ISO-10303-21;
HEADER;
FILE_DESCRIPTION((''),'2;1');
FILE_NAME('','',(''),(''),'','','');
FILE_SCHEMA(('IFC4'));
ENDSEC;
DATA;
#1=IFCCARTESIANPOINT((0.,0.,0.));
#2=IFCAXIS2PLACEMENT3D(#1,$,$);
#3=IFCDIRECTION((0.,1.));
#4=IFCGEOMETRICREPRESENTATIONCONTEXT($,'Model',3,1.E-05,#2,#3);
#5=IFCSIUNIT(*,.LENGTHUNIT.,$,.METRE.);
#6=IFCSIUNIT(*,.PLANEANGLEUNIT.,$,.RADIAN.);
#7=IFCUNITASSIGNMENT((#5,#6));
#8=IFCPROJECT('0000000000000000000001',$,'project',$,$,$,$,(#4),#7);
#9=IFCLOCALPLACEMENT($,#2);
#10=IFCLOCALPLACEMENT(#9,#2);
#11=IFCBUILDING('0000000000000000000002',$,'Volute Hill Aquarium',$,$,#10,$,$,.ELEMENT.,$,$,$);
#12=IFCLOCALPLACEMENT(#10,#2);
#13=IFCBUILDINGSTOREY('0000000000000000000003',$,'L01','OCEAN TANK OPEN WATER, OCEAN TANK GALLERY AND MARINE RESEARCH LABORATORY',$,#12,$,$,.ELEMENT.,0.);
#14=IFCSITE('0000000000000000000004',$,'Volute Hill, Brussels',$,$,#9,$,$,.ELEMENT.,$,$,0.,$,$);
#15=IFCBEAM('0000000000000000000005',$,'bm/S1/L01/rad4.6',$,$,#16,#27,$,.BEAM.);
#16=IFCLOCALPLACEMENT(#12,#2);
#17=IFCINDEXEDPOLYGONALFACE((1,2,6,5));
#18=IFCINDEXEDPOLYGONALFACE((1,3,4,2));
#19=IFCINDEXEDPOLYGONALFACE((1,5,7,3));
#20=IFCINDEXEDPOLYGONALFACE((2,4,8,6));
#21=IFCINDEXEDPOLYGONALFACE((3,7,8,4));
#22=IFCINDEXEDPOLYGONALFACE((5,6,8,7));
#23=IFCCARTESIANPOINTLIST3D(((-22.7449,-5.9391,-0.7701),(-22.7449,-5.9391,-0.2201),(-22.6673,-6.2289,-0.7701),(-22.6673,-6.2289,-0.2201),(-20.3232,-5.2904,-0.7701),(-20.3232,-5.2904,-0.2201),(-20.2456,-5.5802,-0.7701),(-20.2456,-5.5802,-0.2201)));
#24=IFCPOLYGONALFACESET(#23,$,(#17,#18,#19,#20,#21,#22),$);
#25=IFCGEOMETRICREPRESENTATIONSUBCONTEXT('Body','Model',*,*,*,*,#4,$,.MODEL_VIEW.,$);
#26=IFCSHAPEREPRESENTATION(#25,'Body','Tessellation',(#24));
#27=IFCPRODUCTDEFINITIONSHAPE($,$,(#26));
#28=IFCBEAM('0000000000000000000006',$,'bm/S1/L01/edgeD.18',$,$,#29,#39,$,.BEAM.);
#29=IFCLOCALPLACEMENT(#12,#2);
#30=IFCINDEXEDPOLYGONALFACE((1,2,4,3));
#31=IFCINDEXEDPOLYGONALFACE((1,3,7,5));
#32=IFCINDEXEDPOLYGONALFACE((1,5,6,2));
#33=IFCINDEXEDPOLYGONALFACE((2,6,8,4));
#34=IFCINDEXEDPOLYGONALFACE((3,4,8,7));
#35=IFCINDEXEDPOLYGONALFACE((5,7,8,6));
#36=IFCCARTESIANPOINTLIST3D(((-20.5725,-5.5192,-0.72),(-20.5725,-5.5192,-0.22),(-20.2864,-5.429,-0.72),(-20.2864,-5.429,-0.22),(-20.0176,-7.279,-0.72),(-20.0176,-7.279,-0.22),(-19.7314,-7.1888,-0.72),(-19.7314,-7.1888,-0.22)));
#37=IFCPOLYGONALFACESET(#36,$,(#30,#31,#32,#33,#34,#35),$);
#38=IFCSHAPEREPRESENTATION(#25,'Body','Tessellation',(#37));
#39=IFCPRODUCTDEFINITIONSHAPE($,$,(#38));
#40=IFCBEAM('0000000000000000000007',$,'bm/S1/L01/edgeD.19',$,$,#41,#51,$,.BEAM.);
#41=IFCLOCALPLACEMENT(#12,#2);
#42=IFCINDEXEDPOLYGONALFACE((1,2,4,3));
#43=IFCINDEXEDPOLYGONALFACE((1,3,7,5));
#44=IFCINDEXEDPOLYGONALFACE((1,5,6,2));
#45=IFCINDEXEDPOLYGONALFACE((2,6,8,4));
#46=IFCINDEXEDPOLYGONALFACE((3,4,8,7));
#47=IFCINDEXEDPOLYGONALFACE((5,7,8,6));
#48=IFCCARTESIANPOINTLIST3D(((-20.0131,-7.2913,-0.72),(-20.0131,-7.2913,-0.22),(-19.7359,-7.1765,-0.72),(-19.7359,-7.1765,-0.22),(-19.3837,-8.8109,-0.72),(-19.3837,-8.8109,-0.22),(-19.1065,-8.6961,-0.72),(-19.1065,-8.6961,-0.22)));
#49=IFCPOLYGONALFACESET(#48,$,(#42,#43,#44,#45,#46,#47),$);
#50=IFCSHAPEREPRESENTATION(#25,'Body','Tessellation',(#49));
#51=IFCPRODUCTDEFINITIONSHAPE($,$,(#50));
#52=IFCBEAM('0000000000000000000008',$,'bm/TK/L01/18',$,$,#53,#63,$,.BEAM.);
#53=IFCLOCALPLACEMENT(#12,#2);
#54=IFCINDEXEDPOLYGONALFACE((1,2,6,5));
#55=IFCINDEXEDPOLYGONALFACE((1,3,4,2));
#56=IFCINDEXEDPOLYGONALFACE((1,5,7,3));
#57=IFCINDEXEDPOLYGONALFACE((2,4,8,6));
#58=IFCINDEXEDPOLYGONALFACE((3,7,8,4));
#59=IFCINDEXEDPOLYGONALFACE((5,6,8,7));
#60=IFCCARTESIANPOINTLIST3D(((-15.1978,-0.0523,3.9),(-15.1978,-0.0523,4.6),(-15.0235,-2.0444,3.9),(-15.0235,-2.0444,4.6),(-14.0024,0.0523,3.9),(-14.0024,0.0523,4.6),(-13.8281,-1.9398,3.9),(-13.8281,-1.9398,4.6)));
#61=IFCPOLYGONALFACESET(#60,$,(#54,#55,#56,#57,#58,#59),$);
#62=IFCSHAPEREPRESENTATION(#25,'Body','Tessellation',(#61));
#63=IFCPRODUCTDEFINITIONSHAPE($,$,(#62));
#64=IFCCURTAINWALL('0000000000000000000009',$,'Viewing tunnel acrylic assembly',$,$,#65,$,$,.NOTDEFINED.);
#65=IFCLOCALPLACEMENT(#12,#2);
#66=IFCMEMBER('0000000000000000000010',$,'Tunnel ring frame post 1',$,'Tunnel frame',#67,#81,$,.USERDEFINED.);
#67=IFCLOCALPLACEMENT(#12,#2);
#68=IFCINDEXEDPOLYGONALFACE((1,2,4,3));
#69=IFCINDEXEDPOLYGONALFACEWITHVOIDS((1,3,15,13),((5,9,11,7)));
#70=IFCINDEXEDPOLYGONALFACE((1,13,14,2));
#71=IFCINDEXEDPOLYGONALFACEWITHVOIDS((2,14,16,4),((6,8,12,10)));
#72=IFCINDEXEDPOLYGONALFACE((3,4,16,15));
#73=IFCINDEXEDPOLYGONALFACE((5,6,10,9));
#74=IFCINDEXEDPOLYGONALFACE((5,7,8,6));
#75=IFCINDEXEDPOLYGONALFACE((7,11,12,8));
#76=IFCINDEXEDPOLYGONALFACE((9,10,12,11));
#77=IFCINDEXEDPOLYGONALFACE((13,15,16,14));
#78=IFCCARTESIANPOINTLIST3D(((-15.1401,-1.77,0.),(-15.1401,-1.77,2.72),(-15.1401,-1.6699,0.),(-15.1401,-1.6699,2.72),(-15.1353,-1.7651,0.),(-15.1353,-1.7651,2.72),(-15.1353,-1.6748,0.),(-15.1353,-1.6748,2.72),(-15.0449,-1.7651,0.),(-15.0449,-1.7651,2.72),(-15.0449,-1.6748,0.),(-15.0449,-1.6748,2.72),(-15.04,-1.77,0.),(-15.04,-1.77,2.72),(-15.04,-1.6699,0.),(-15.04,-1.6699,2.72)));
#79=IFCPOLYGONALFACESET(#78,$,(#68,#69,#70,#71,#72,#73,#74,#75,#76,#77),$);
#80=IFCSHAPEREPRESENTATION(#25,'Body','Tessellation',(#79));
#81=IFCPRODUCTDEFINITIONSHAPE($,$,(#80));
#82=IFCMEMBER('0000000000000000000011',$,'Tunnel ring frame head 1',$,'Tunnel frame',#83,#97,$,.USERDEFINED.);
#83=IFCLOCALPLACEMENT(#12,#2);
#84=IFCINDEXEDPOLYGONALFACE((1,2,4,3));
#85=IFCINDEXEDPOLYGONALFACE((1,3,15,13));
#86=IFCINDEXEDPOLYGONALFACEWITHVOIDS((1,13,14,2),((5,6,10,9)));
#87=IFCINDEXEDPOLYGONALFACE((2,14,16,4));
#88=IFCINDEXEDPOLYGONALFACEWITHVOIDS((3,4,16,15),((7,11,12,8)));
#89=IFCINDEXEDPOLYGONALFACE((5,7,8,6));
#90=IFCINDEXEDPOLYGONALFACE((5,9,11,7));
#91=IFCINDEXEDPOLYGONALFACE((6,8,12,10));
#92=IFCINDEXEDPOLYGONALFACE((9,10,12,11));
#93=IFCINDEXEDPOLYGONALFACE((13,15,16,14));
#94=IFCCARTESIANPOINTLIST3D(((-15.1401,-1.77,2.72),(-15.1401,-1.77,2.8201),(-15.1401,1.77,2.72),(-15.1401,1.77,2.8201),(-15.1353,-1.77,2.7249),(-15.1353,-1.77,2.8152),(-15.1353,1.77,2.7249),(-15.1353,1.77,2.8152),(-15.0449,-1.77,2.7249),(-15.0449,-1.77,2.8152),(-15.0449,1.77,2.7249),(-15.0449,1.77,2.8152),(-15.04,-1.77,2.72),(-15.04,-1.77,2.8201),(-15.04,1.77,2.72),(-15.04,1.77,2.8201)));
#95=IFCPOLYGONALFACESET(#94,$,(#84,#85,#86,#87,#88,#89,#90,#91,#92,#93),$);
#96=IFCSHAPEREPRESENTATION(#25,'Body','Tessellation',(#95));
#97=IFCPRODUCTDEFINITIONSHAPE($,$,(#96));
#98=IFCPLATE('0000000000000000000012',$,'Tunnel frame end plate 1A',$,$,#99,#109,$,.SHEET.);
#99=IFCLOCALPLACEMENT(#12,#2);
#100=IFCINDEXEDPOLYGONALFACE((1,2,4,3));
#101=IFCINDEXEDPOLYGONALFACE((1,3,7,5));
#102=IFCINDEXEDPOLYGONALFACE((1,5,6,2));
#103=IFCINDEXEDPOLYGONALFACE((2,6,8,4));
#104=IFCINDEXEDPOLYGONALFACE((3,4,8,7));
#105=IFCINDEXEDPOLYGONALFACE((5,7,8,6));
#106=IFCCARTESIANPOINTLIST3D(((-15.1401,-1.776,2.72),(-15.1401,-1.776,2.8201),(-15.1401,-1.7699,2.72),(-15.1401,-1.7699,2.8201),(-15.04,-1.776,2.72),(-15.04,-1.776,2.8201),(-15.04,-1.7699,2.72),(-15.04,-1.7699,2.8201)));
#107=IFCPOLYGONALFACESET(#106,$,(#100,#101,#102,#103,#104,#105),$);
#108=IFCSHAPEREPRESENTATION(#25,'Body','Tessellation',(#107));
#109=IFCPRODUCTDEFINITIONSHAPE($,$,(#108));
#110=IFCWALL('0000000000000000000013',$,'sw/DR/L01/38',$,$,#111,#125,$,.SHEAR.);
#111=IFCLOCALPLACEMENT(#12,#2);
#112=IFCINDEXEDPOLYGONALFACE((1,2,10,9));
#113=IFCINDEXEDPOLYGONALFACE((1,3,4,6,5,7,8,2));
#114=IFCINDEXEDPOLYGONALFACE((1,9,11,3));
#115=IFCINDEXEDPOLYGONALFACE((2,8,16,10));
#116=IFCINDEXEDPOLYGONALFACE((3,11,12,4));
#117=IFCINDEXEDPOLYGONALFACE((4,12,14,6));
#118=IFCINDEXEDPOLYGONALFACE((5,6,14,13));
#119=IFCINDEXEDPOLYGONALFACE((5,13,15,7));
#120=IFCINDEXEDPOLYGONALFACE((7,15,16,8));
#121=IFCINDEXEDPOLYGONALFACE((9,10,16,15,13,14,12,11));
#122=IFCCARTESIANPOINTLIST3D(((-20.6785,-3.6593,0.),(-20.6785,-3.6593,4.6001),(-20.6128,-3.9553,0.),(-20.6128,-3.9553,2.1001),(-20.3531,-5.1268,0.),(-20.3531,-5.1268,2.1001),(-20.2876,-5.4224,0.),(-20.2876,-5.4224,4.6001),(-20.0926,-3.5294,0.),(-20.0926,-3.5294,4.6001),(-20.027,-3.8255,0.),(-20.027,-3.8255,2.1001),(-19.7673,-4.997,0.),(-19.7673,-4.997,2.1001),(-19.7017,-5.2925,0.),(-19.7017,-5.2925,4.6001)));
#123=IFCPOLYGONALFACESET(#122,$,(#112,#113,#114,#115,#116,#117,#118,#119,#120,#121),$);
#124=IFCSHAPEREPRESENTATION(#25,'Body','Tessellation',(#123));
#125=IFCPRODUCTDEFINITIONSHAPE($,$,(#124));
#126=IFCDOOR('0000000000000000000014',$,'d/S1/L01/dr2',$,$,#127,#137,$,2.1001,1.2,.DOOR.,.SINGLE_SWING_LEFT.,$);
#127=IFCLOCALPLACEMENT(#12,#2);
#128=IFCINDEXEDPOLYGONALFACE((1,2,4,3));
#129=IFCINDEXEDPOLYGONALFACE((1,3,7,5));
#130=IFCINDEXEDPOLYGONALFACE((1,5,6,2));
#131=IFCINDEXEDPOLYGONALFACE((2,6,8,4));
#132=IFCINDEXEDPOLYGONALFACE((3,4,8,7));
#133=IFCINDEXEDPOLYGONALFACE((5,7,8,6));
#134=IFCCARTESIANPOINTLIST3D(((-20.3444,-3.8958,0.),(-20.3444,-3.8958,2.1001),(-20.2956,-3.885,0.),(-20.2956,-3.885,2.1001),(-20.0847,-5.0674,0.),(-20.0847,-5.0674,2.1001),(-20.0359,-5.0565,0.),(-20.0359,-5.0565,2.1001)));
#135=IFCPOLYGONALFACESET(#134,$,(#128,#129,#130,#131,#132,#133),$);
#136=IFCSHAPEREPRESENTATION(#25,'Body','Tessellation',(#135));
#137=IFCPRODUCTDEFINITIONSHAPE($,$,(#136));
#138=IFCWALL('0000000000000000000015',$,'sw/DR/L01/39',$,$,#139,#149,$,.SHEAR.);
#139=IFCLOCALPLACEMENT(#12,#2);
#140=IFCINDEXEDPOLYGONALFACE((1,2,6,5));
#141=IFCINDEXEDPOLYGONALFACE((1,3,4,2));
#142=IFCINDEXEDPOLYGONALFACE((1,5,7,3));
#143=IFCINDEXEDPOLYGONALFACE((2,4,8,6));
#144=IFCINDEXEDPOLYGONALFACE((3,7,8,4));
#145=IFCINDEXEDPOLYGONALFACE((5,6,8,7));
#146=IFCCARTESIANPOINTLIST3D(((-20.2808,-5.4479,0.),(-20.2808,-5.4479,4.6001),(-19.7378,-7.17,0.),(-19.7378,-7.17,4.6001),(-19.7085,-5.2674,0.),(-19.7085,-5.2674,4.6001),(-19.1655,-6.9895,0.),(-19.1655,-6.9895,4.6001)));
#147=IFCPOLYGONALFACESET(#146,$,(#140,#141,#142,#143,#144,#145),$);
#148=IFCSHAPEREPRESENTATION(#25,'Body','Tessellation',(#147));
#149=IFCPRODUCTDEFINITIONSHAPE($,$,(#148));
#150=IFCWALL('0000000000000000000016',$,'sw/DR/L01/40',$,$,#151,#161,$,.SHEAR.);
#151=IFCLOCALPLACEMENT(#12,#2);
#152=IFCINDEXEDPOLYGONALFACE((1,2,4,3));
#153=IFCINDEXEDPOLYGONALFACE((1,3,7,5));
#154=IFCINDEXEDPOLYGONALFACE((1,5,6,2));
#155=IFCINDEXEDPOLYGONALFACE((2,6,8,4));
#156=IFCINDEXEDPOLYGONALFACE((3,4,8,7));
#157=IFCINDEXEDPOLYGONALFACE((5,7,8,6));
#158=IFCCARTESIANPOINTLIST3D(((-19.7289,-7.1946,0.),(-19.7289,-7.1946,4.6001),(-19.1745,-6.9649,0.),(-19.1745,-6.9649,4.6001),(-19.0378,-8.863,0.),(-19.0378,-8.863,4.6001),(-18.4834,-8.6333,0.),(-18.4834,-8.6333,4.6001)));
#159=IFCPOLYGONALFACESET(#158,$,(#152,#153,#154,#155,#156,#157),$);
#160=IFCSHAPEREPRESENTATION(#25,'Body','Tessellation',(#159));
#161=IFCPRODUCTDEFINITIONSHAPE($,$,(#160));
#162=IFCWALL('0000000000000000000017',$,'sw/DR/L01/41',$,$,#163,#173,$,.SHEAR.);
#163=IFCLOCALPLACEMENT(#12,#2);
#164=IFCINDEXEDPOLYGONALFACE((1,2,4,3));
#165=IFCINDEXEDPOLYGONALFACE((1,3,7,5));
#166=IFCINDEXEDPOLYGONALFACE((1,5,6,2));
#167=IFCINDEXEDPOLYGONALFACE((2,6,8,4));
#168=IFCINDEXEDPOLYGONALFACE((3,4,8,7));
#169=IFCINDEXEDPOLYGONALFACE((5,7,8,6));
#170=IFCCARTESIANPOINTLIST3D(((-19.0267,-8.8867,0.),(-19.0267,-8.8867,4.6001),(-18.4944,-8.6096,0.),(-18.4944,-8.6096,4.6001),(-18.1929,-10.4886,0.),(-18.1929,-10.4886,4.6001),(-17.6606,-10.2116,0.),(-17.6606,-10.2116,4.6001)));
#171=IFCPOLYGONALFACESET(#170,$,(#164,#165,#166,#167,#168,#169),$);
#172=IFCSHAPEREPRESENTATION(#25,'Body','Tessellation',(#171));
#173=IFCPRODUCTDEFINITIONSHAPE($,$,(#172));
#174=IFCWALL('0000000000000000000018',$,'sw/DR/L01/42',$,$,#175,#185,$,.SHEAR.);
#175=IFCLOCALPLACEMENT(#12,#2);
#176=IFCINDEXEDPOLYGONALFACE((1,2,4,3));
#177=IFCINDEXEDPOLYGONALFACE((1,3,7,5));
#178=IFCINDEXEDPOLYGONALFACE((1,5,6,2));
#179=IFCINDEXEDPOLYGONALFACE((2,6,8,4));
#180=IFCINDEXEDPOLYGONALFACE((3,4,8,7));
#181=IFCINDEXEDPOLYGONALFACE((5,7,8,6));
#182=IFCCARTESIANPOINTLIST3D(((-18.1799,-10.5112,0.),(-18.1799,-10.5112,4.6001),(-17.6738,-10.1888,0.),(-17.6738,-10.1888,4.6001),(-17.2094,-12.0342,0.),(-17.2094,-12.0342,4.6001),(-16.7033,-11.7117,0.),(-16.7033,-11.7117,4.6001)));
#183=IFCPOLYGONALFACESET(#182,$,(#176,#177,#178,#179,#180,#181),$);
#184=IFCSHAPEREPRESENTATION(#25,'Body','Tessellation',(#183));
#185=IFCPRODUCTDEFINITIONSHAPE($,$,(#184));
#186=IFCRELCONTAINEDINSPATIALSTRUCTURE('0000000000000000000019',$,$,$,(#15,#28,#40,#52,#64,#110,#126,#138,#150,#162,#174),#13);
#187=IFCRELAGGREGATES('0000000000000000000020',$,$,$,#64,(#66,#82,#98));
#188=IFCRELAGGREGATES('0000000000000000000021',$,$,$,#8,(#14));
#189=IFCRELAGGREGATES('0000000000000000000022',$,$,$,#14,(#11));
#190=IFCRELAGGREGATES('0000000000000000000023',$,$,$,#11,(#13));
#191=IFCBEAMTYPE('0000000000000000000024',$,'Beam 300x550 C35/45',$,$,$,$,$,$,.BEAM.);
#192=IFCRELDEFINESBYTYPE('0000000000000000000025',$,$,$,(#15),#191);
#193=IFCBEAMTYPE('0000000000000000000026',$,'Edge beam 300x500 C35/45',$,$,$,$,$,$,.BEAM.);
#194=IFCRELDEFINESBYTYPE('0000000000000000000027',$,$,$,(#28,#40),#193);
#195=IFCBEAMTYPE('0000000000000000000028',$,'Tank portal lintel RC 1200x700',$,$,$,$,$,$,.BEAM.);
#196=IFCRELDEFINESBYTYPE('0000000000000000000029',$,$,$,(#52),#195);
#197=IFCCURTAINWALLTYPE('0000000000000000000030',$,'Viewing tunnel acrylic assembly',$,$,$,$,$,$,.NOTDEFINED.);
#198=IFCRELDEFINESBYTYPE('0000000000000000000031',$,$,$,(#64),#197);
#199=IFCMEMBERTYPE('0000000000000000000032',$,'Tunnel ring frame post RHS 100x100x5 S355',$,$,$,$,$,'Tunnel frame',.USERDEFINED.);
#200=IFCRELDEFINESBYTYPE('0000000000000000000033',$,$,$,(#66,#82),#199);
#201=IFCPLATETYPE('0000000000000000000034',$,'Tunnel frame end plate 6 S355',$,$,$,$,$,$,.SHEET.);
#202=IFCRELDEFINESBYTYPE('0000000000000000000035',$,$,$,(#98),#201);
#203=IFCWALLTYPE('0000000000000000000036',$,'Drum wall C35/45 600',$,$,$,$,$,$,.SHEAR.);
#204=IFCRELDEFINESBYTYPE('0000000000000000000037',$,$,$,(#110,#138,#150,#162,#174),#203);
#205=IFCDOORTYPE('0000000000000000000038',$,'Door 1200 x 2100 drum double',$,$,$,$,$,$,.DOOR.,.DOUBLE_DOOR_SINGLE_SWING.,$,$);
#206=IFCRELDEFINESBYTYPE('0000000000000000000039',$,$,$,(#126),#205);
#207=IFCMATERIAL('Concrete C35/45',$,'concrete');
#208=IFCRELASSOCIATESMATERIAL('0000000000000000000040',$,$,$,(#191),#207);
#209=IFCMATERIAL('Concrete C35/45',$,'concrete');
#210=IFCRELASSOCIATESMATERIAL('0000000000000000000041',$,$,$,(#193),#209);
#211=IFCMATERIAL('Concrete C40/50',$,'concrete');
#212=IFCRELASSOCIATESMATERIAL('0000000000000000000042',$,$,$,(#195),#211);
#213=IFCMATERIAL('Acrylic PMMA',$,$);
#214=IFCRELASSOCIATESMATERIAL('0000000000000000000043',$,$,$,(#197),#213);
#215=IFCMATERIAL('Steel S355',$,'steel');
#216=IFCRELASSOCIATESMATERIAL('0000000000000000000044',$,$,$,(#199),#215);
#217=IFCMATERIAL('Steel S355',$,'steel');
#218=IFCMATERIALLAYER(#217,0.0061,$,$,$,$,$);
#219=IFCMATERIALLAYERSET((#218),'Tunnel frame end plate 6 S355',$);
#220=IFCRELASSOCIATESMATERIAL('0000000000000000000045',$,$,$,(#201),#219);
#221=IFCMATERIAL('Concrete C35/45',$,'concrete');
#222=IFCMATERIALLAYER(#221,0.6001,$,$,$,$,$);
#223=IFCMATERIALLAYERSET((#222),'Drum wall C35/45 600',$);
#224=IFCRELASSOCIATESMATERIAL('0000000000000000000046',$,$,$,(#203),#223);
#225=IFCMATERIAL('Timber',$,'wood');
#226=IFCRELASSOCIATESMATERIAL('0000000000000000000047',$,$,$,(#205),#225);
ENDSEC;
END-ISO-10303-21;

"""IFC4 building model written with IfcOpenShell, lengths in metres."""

from ifc_helpers import new_model, si_unit, direction, frame, frame_2d, origin, origin_2d, place, context, subcontext, project, spatial, rectangle, hollow_rectangle, extrude, material, layer, layer_set, material_profile, profile_set, type_object, element, fill, aggregate, save


model = new_model("IFC4")

# Units and contexts
model_context = context("Model", 3, precision=1e-05, world=origin(), true_north=direction((0.0, 1.0)))
body_context = subcontext(model_context, "Body", "Model", "MODEL_VIEW")
ifc_project = project(units=[si_unit("LENGTHUNIT", "METRE"), si_unit("PLANEANGLEUNIT", "RADIAN")], contexts=[model_context])

# Site, building, storey
site_placement = place(None, origin())
site = spatial("IfcSite", under=ifc_project, at=site_placement, Name="Volute Hill, Brussels", CompositionType="ELEMENT", RefElevation=0.0)
building_placement = place(site_placement, origin())
building = spatial("IfcBuilding", under=site, at=building_placement, Name="Volute Hill Aquarium", CompositionType="ELEMENT")
storey_placement = place(building_placement, origin())
storey = spatial("IfcBuildingStorey", under=building, at=storey_placement, Name="L01", Description="OCEAN TANK OPEN WATER, OCEAN TANK GALLERY AND MARINE RESEARCH LABORATORY", CompositionType="ELEMENT", Elevation=0.0)

# Beams
ifc_material_1 = material(Name="Concrete C35/45", Category="concrete")
ifc_material_profile_1 = material_profile(ifc_material_1, rectangle(XDim=0.3, YDim=0.55, at=origin_2d()), Name="RC beam 300x550")
ifc_profile_set_1 = profile_set([ifc_material_profile_1], Name="Concrete C35/45")
beam_type_1 = type_object("IfcBeamType", Name="Beam 300x550 C35/45", PredefinedType="BEAM", material=ifc_profile_set_1)
beam_1_placement = place(storey_placement, frame((-20.2844, -5.4353, -0.4951), z_axis=(-0.965945, -0.258747, 0.0), x_axis=(0.258747, -0.965945, 0.0)))
element("IfcBeam", 1, at=beam_1_placement, inside=storey, type_object=beam_type_1, Name="bm/S1/L01/rad4.6", PredefinedType="BEAM", context=body_context, shape_type="SweptSolid", body=[
    extrude(rectangle(XDim=0.3, YDim=0.55, at=origin_2d()), origin(), (0.0, 0.0, 1.0), 2.5071),
])
ifc_material_2 = material(Name="Concrete C35/45", Category="concrete")
ifc_material_profile_2 = material_profile(ifc_material_2, rectangle(XDim=0.3, YDim=0.5, at=origin_2d()), Name="RC edge beam 300x500")
ifc_profile_set_2 = profile_set([ifc_material_profile_2], Name="Concrete C35/45")
beam_type_2 = type_object("IfcBeamType", Name="Edge beam 300x500 C35/45", PredefinedType="BEAM", material=ifc_profile_set_2)
beam_2_placement = place(storey_placement, frame((-20.4294, -5.4741, -0.47), z_axis=(0.300745, -0.953705, 0.0), x_axis=(0.953705, 0.300745, 0.0)))
element("IfcBeam", 2, at=beam_2_placement, inside=storey, type_object=beam_type_2, Name="bm/S1/L01/edgeD.18", PredefinedType="BEAM", context=body_context, shape_type="SweptSolid", body=[
    extrude(rectangle(XDim=0.3, YDim=0.5, at=origin_2d()), origin(), (0.0, 0.0, 1.0), 1.8452),
])
beam_3_placement = place(storey_placement, frame((-19.8745, -7.2339, -0.47), z_axis=(0.382675, -0.923883, 0.0), x_axis=(0.923883, 0.382675, 0.0)))
element("IfcBeam", 3, at=beam_3_placement, inside=storey, type_object=beam_type_2, Name="bm/S1/L01/edgeD.19", PredefinedType="BEAM", context=body_context, shape_type="SweptSolid", body=[
    extrude(rectangle(XDim=0.3, YDim=0.5, at=origin_2d()), origin(), (0.0, 0.0, 1.0), 1.6448),
])
ifc_material_3 = material(Name="Concrete C40/50", Category="concrete")
ifc_material_profile_3 = material_profile(ifc_material_3, rectangle(XDim=1.2, YDim=0.7, at=origin_2d()), Name="RC beam 1200x700")
ifc_profile_set_3 = profile_set([ifc_material_profile_3], Name="Concrete C40/50")
beam_type_3 = type_object("IfcBeamType", Name="Tank portal lintel RC 1200x700", PredefinedType="BEAM", material=ifc_profile_set_3)
beam_4_placement = place(storey_placement, frame((-14.6001, 0.0, 4.25), z_axis=(0.087167, -0.996194, 0.0), x_axis=(0.996194, 0.087167, 0.0)))
element("IfcBeam", 4, at=beam_4_placement, inside=storey, type_object=beam_type_3, Name="bm/TK/L01/18", PredefinedType="BEAM", context=body_context, shape_type="SweptSolid", body=[
    extrude(rectangle(XDim=1.2, YDim=0.7, at=origin_2d()), origin(), (0.0, 0.0, 1.0), 1.9998),
])

# Curtain wall, members, plate
ifc_material_4 = material(Name="Acrylic PMMA")
curtain_wall_type = type_object("IfcCurtainWallType", Name="Viewing tunnel acrylic assembly", PredefinedType="NOTDEFINED", material=ifc_material_4)
curtain_wall_placement = place(storey_placement, origin())
curtain_wall = element("IfcCurtainWall", 5, at=curtain_wall_placement, inside=storey, type_object=curtain_wall_type, Name="Viewing tunnel acrylic assembly", PredefinedType="NOTDEFINED")
ifc_material_5 = material(Name="Steel S355", Category="steel")
ifc_material_profile_4 = material_profile(ifc_material_5, hollow_rectangle(XDim=0.1001, YDim=0.1001, WallThickness=0.0049, at=origin_2d()), Name="RHS 100x100x5")
ifc_profile_set_4 = profile_set([ifc_material_profile_4], Name="Steel S355")
member_type = type_object("IfcMemberType", Name="Tunnel ring frame post RHS 100x100x5 S355", ElementType="Tunnel frame", PredefinedType="USERDEFINED", material=ifc_profile_set_4)
member_1_placement = place(storey_placement, frame((-15.0901, -1.72, 0.0), z_axis=(0.0, 0.0, 1.0), x_axis=(1.0, 0.0, 0.0)))
member_1 = element("IfcMember", 6, at=member_1_placement, type_object=member_type, Name="Tunnel ring frame post 1", ObjectType="Tunnel frame", PredefinedType="USERDEFINED", context=body_context, shape_type="SweptSolid", body=[
    extrude(hollow_rectangle(XDim=0.1001, YDim=0.1001, WallThickness=0.0049, at=origin_2d()), origin(), (0.0, 0.0, 1.0), 2.72),
])
member_2_placement = place(storey_placement, frame((-15.0901, -1.77, 2.77), z_axis=(0.0, 1.0, 0.0), x_axis=(-1.0, 0.0, 0.0)))
member_2 = element("IfcMember", 7, at=member_2_placement, type_object=member_type, Name="Tunnel ring frame head 1", ObjectType="Tunnel frame", PredefinedType="USERDEFINED", context=body_context, shape_type="SweptSolid", body=[
    extrude(hollow_rectangle(XDim=0.1001, YDim=0.1001, WallThickness=0.0049, at=origin_2d()), origin(), (0.0, 0.0, 1.0), 3.54),
])
ifc_material_6 = material(Name="Steel S355", Category="steel")
ifc_layer_1 = layer(ifc_material_6, 0.0061)
ifc_layer_set_1 = layer_set([ifc_layer_1], Name="Tunnel frame end plate 6 S355")
plate_type = type_object("IfcPlateType", Name="Tunnel frame end plate 6 S355", PredefinedType="SHEET", material=ifc_layer_set_1)
plate_placement = place(storey_placement, frame((-15.0901, -1.7729, 2.72), z_axis=(0.0, 0.0, 1.0), x_axis=(1.0, 0.0, 0.0)))
plate = element("IfcPlate", 8, at=plate_placement, type_object=plate_type, Name="Tunnel frame end plate 1A", PredefinedType="SHEET", context=body_context, shape_type="SweptSolid", body=[
    extrude(rectangle(XDim=0.1001, YDim=0.0061, at=origin_2d()), origin(), (0.0, 0.0, 1.0), 0.1001),
])
aggregate(curtain_wall, [member_1, member_2, plate])

# Wall, opening, door
ifc_material_7 = material(Name="Concrete C35/45", Category="concrete")
ifc_layer_2 = layer(ifc_material_7, 0.6001)
ifc_layer_set_2 = layer_set([ifc_layer_2], Name="Drum wall C35/45 600")
wall_type_1 = type_object("IfcWallType", Name="Drum wall C35/45 600", PredefinedType="SHEAR", material=ifc_layer_set_2)
wall_1_placement = place(storey_placement, frame((-20.3855, -3.5945, 0.0), z_axis=(0.0, 0.0, 1.0), x_axis=(0.216429, -0.976298, 0.0)))
wall_1 = element("IfcWall", 9, at=wall_1_placement, inside=storey, type_object=wall_type_1, Name="sw/DR/L01/38", PredefinedType="SHEAR", context=body_context, shape_type="SweptSolid", body=[
    extrude(rectangle(XDim=1.8059, YDim=0.6001, at=frame_2d((0.9028, 0.0))), origin(), (0.0, 0.0, 1.0), 4.6001),
])
opening_1_placement = place(wall_1_placement, frame((0.303, 0.0, 0.0)))
opening_1 = element("IfcOpeningElement", 10, at=opening_1_placement, cuts=wall_1, PredefinedType="OPENING", context=body_context, shape_type="SweptSolid", body=[
    extrude(rectangle(XDim=1.2, YDim=2.1001, at=frame_2d((0.6001, 1.05))), frame((0.0, 0.3101, 0.0), z_axis=(0.0, -1.0, 0.0), x_axis=(1.0, 0.0, 0.0)), (0.0, 0.0, 1.0), 0.6201),
])
ifc_material_8 = material(Name="Timber", Category="wood")
door_type = type_object("IfcDoorType", Name="Door 1200 x 2100 drum double", OperationType="DOUBLE_DOOR_SINGLE_SWING", PredefinedType="DOOR", material=ifc_material_8)
door_placement = place(opening_1_placement, origin())
door = element("IfcDoor", 11, at=door_placement, inside=storey, type_object=door_type, Name="d/S1/L01/dr2", OperationType="SINGLE_SWING_LEFT", OverallHeight=2.1001, OverallWidth=1.2, PredefinedType="DOOR", context=body_context, shape_type="SweptSolid", body=[
    extrude(rectangle(XDim=1.2, YDim=2.1001, at=frame_2d((0.6001, 1.05))), frame((0.0, 0.0249, 0.0), z_axis=(0.0, -1.0, 0.0), x_axis=(1.0, 0.0, 0.0)), (0.0, 0.0, 1.0), 0.05),
])
fill(opening_1, door)

# Walls
wall_2_placement = place(storey_placement, frame((-19.9946, -5.3577, 0.0), z_axis=(0.0, 0.0, 1.0), x_axis=(0.300691, -0.953722, 0.0)))
element("IfcWall", 12, at=wall_2_placement, inside=storey, type_object=wall_type_1, Name="sw/DR/L01/39", PredefinedType="SHEAR", context=body_context, shape_type="SweptSolid", body=[
    extrude(rectangle(XDim=1.8057, YDim=0.6001, at=frame_2d((0.9028, 0.0))), origin(), (0.0, 0.0, 1.0), 4.6001),
])
for number, where, z_axis, x_axis, name in (
    (13, (-19.4517, -7.0798, 0.0), (0.0, 0.0, 1.0), (0.382714, -0.923867, 0.0), "sw/DR/L01/40"),
    (14, (-18.7605, -8.7483, 0.0), (0.0, 0.0, 1.0), (0.461702, -0.887035, 0.0), "sw/DR/L01/41"),
    (15, (-17.9268, -10.3501, 0.0), (0.0, 0.0, 1.0), (0.537392, -0.843333, 0.0), "sw/DR/L01/42"),
):
    element("IfcWall", number, at=place(storey_placement, frame(where, z_axis=z_axis, x_axis=x_axis)), inside=storey, type_object=wall_type_1, Name=name, PredefinedType="SHEAR", context=body_context, shape_type="SweptSolid", body=[
        extrude(rectangle(XDim=1.8059, YDim=0.6001, at=frame_2d((0.9028, 0.0))), origin(), (0.0, 0.0, 1.0), 4.6001),
    ])

save(model, "model.ifc")
